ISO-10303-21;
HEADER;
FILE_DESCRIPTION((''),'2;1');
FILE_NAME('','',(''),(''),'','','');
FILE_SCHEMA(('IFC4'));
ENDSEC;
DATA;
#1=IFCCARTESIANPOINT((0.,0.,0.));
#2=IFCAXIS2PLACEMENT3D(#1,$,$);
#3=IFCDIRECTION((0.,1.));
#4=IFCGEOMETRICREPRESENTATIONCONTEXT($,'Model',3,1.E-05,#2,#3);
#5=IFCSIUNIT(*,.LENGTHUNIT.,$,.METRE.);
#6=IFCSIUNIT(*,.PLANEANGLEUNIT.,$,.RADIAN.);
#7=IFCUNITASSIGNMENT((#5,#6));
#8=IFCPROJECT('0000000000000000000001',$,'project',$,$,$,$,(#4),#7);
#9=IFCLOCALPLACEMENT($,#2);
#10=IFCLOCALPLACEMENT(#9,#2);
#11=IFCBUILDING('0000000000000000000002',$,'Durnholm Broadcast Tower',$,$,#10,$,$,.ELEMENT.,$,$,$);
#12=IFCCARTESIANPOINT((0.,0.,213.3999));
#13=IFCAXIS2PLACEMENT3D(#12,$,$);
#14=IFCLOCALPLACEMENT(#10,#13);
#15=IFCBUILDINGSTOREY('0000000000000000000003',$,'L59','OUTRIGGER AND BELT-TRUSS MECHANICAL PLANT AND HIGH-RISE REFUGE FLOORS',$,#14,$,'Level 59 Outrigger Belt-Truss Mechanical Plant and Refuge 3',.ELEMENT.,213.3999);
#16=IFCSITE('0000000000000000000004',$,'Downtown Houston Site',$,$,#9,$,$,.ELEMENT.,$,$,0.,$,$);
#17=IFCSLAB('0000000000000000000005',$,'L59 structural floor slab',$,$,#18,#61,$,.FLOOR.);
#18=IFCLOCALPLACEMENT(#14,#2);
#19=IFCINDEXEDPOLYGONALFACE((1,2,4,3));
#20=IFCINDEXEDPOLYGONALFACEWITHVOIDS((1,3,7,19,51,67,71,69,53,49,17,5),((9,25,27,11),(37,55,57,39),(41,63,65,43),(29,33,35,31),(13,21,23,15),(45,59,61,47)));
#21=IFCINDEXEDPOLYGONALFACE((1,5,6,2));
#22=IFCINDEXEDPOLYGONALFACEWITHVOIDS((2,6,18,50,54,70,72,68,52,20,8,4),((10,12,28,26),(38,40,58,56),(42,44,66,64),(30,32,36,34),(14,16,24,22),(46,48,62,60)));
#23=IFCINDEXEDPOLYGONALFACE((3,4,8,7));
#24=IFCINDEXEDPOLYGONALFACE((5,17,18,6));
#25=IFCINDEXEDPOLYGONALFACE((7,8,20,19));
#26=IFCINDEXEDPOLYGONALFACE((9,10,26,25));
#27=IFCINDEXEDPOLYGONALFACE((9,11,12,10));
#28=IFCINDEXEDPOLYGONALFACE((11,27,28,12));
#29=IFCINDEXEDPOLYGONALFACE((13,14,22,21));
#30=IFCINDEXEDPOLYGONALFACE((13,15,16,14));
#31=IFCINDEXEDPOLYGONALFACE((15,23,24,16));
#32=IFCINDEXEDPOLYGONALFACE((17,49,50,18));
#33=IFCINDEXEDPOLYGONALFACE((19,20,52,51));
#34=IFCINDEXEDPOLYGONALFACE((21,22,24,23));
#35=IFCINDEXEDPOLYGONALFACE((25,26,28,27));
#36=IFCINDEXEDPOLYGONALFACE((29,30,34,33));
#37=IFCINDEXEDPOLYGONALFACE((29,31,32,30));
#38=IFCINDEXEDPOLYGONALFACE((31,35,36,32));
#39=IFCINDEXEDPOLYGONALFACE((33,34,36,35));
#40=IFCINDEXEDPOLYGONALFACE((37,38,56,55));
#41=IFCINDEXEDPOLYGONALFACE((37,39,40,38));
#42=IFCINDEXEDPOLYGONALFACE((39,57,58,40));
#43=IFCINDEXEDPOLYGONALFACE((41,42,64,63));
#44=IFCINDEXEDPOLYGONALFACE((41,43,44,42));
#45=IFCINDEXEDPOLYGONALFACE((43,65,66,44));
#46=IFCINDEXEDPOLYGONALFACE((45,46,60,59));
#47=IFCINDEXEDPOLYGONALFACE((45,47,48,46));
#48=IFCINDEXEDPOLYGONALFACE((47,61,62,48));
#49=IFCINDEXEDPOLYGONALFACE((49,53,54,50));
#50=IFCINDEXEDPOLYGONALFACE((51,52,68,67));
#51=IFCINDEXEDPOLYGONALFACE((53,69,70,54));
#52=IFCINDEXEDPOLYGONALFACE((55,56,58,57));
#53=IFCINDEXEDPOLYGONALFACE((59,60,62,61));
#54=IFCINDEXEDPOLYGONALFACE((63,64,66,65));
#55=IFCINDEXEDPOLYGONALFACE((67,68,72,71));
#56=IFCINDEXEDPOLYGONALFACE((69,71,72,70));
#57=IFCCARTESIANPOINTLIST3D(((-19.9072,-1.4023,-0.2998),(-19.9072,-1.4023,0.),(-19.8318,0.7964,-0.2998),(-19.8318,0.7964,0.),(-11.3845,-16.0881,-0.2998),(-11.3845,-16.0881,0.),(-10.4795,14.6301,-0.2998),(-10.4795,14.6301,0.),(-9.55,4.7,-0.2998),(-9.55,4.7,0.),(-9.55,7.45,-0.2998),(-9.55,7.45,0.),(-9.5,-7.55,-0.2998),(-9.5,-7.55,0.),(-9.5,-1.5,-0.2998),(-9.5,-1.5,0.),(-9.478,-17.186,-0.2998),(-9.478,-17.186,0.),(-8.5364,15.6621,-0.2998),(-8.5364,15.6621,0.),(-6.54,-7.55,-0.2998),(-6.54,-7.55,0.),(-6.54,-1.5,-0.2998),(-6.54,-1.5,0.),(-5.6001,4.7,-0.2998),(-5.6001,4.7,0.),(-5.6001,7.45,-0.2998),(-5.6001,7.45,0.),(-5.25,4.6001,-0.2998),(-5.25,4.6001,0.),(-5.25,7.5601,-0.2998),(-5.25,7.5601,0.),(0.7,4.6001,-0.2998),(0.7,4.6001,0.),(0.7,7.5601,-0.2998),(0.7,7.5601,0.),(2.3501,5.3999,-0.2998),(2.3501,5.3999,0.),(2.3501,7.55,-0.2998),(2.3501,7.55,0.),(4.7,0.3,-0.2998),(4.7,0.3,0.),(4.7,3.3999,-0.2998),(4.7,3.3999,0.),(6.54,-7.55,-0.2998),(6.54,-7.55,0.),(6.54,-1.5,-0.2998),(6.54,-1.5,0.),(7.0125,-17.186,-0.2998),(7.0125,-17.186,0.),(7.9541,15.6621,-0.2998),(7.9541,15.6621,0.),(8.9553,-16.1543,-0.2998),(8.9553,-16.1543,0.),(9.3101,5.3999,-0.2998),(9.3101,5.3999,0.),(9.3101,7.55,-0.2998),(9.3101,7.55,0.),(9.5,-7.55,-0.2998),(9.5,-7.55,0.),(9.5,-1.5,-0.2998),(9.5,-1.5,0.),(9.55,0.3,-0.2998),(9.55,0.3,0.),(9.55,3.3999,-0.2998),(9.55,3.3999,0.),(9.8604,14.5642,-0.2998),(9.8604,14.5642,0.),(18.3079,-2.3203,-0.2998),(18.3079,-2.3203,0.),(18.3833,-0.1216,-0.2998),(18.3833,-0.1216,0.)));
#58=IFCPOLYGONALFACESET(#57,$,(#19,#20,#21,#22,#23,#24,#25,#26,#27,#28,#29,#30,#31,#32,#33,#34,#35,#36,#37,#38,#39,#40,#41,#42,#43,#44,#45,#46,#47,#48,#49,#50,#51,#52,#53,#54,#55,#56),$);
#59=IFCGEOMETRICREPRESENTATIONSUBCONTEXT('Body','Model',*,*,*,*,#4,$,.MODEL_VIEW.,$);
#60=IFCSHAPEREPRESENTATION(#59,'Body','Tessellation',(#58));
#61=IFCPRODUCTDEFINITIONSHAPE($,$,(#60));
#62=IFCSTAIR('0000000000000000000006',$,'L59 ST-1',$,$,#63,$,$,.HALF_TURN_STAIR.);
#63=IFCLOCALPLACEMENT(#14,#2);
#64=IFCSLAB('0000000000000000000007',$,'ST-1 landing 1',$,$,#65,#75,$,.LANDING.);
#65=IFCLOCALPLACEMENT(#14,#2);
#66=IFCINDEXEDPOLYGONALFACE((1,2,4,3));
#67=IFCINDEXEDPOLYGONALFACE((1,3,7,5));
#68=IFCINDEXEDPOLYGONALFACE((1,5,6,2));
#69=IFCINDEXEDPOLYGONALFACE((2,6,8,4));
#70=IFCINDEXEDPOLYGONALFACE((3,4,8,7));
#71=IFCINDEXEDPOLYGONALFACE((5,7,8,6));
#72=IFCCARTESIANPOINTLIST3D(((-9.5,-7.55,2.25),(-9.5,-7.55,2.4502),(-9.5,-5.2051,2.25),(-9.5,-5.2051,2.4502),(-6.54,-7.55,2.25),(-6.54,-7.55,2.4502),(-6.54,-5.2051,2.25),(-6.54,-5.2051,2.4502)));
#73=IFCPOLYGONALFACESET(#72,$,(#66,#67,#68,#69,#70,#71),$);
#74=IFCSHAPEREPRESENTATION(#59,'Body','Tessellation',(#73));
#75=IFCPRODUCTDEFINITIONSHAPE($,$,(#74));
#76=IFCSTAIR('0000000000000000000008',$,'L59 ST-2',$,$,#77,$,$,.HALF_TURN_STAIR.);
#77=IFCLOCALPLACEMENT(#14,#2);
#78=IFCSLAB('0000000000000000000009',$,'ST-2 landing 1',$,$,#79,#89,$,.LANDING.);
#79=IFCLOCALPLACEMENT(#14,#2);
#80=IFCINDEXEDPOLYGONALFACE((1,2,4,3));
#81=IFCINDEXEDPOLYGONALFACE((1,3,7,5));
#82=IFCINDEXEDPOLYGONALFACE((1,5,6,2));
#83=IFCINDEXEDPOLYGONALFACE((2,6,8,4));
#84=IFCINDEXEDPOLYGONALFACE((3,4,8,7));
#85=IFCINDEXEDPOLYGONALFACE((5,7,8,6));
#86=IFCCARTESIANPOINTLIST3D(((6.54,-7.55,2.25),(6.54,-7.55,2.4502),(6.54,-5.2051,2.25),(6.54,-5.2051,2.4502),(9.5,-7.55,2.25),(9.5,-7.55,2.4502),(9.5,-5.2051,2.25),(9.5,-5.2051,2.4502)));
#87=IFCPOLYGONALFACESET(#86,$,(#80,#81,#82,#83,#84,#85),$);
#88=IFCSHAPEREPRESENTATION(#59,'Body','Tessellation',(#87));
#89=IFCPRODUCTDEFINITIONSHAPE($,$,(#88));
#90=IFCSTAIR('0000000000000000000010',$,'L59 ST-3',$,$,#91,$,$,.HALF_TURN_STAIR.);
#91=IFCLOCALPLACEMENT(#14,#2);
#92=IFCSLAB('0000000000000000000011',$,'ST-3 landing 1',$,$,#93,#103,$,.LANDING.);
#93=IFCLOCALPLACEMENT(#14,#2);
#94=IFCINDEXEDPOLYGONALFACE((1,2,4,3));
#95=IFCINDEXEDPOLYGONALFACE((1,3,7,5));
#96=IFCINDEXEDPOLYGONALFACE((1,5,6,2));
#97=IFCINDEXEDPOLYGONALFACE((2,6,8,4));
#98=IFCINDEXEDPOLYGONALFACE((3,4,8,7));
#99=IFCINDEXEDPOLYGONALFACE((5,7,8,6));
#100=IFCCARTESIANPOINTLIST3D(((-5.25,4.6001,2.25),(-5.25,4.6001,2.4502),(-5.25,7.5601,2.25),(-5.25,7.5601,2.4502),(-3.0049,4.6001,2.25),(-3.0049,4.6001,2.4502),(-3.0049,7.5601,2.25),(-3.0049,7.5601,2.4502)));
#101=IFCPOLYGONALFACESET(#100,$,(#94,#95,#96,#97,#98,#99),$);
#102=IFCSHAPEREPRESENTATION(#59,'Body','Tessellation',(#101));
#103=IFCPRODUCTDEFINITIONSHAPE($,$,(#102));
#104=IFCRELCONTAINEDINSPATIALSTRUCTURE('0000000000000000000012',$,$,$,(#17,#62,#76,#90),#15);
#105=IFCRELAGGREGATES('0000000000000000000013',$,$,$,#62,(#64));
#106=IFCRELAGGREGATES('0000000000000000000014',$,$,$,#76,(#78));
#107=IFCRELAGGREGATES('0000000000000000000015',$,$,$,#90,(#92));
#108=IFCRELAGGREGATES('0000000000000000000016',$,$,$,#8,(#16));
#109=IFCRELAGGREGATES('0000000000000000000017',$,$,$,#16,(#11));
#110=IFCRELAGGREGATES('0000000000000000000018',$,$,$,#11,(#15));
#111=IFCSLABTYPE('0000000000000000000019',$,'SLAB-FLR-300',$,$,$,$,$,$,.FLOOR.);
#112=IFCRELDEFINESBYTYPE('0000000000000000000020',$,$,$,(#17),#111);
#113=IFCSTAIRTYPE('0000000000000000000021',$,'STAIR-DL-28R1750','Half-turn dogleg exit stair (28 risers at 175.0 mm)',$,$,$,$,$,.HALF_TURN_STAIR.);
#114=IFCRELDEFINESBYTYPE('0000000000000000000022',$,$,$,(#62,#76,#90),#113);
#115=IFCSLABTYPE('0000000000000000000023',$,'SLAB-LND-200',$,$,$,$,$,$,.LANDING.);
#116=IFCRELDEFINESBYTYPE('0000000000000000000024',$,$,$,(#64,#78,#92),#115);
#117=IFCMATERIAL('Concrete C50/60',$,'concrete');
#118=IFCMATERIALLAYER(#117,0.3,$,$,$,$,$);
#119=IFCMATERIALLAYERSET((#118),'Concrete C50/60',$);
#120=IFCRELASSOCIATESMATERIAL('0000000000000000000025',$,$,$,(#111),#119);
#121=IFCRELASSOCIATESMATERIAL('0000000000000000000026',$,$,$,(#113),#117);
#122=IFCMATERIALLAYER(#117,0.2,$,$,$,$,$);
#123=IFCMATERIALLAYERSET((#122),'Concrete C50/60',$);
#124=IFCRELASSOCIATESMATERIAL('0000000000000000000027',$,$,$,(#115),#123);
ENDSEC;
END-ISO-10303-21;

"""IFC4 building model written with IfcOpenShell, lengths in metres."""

from ifc_helpers import new_model, si_unit, direction, frame, origin, place, context, subcontext, project, spatial, polyline, outline, extrude, material, layer, layer_set, type_object, element, aggregate, save


model = new_model("IFC4")

# Units and contexts
model_context = context("Model", 3, precision=1e-05, world=origin(), true_north=direction((0.0, 1.0)))
body_context = subcontext(model_context, "Body", "Model", "MODEL_VIEW")
ifc_project = project(units=[si_unit("LENGTHUNIT", "METRE"), si_unit("PLANEANGLEUNIT", "RADIAN")], contexts=[model_context])

# Site, building, storey
site_placement = place(None, origin())
site = spatial("IfcSite", under=ifc_project, at=site_placement, Name="Downtown Houston Site", CompositionType="ELEMENT", RefElevation=0.0)
building_placement = place(site_placement, origin())
building = spatial("IfcBuilding", under=site, at=building_placement, Name="Durnholm Broadcast Tower", CompositionType="ELEMENT")
storey_placement = place(building_placement, frame((0.0, 0.0, 213.3999)))
storey = spatial("IfcBuildingStorey", under=building, at=storey_placement, Name="L59", Description="OUTRIGGER AND BELT-TRUSS MECHANICAL PLANT AND HIGH-RISE REFUGE FLOORS", LongName="Level 59 Outrigger Belt-Truss Mechanical Plant and Refuge 3", CompositionType="ELEMENT", Elevation=213.3999)

# Slab
ifc_material_1 = material(Name="Concrete C50/60", Category="concrete")
ifc_layer_1 = layer(ifc_material_1, 0.3)
ifc_layer_set_1 = layer_set([ifc_layer_1], Name="Concrete C50/60")
slab_type_1 = type_object("IfcSlabType", Name="SLAB-FLR-300", PredefinedType="FLOOR", material=ifc_layer_set_1)
slab_1_placement = place(storey_placement, frame((0.0, 0.0, -0.2998)))
element("IfcSlab", 1, at=slab_1_placement, inside=storey, type_object=slab_type_1, Name="L59 structural floor slab", PredefinedType="FLOOR", context=body_context, shape_type="SweptSolid", body=[
    extrude(outline(polyline([(-11.3845, -16.0881), (-9.478, -17.186), (7.0125, -17.186), (8.9553, -16.1543), (18.3079, -2.3203), (18.3833, -0.1216), (9.8604, 14.5642), (7.9541, 15.6621), (-8.5364, 15.6621), (-10.4795, 14.6301), (-19.8318, 0.7964), (-19.9072, -1.4023), (-11.3845, -16.0881)]), holes=[polyline([(-6.54, -1.5), (-9.5, -1.5), (-9.5, -7.55), (-6.54, -7.55), (-6.54, -1.5)]), polyline([(9.5, -7.55), (9.5, -1.5), (6.54, -1.5), (6.54, -7.55), (9.5, -7.55)]), polyline([(9.55, 3.3999), (4.7, 3.3999), (4.7, 0.3), (9.55, 0.3), (9.55, 3.3999)]), polyline([(-9.55, 7.45), (-9.55, 4.7), (-5.6001, 4.7), (-5.6001, 7.45), (-9.55, 7.45)]), polyline([(-5.25, 4.6001), (0.7, 4.6001), (0.7, 7.5601), (-5.25, 7.5601), (-5.25, 4.6001)]), polyline([(9.3101, 7.55), (2.3501, 7.55), (2.3501, 5.3999), (9.3101, 5.3999), (9.3101, 7.55)])]), origin(), (0.0, 0.0, 1.0), 0.2998),
])

# Stairs, slabs
stair_type = type_object("IfcStairType", Name="STAIR-DL-28R1750", Description="Half-turn dogleg exit stair (28 risers at 175.0 mm)", PredefinedType="HALF_TURN_STAIR", material=ifc_material_1)
stair_1_placement = place(storey_placement, origin())
stair_1 = element("IfcStair", 2, at=stair_1_placement, inside=storey, type_object=stair_type, Name="L59 ST-1", PredefinedType="HALF_TURN_STAIR")
ifc_layer_2 = layer(ifc_material_1, 0.2)
ifc_layer_set_2 = layer_set([ifc_layer_2], Name="Concrete C50/60")
slab_type_2 = type_object("IfcSlabType", Name="SLAB-LND-200", PredefinedType="LANDING", material=ifc_layer_set_2)
slab_2_placement = place(storey_placement, frame((0.0, 0.0, 2.25)))
slab_2 = element("IfcSlab", 3, at=slab_2_placement, type_object=slab_type_2, Name="ST-1 landing 1", PredefinedType="LANDING", context=body_context, shape_type="SweptSolid", body=[
    extrude(outline(polyline([(-9.5, -5.2051), (-9.5, -7.55), (-6.54, -7.55), (-6.54, -5.2051), (-9.5, -5.2051)])), origin(), (0.0, 0.0, 1.0), 0.2002),
])
aggregate(stair_1, [slab_2])
stair_2_placement = place(storey_placement, origin())
stair_2 = element("IfcStair", 4, at=stair_2_placement, inside=storey, type_object=stair_type, Name="L59 ST-2", PredefinedType="HALF_TURN_STAIR")
slab_3_placement = place(storey_placement, frame((0.0, 0.0, 2.25)))
slab_3 = element("IfcSlab", 5, at=slab_3_placement, type_object=slab_type_2, Name="ST-2 landing 1", PredefinedType="LANDING", context=body_context, shape_type="SweptSolid", body=[
    extrude(outline(polyline([(6.54, -5.2051), (6.54, -7.55), (9.5, -7.55), (9.5, -5.2051), (6.54, -5.2051)])), origin(), (0.0, 0.0, 1.0), 0.2002),
])
aggregate(stair_2, [slab_3])
stair_3_placement = place(storey_placement, origin())
stair_3 = element("IfcStair", 6, at=stair_3_placement, inside=storey, type_object=stair_type, Name="L59 ST-3", PredefinedType="HALF_TURN_STAIR")
slab_4_placement = place(storey_placement, frame((0.0, 0.0, 2.25)))
slab_4 = element("IfcSlab", 7, at=slab_4_placement, type_object=slab_type_2, Name="ST-3 landing 1", PredefinedType="LANDING", context=body_context, shape_type="SweptSolid", body=[
    extrude(outline(polyline([(-3.0049, 7.5601), (-5.25, 7.5601), (-5.25, 4.6001), (-3.0049, 4.6001), (-3.0049, 7.5601)])), origin(), (0.0, 0.0, 1.0), 0.2002),
])
aggregate(stair_3, [slab_4])

save(model, "model.ifc")
